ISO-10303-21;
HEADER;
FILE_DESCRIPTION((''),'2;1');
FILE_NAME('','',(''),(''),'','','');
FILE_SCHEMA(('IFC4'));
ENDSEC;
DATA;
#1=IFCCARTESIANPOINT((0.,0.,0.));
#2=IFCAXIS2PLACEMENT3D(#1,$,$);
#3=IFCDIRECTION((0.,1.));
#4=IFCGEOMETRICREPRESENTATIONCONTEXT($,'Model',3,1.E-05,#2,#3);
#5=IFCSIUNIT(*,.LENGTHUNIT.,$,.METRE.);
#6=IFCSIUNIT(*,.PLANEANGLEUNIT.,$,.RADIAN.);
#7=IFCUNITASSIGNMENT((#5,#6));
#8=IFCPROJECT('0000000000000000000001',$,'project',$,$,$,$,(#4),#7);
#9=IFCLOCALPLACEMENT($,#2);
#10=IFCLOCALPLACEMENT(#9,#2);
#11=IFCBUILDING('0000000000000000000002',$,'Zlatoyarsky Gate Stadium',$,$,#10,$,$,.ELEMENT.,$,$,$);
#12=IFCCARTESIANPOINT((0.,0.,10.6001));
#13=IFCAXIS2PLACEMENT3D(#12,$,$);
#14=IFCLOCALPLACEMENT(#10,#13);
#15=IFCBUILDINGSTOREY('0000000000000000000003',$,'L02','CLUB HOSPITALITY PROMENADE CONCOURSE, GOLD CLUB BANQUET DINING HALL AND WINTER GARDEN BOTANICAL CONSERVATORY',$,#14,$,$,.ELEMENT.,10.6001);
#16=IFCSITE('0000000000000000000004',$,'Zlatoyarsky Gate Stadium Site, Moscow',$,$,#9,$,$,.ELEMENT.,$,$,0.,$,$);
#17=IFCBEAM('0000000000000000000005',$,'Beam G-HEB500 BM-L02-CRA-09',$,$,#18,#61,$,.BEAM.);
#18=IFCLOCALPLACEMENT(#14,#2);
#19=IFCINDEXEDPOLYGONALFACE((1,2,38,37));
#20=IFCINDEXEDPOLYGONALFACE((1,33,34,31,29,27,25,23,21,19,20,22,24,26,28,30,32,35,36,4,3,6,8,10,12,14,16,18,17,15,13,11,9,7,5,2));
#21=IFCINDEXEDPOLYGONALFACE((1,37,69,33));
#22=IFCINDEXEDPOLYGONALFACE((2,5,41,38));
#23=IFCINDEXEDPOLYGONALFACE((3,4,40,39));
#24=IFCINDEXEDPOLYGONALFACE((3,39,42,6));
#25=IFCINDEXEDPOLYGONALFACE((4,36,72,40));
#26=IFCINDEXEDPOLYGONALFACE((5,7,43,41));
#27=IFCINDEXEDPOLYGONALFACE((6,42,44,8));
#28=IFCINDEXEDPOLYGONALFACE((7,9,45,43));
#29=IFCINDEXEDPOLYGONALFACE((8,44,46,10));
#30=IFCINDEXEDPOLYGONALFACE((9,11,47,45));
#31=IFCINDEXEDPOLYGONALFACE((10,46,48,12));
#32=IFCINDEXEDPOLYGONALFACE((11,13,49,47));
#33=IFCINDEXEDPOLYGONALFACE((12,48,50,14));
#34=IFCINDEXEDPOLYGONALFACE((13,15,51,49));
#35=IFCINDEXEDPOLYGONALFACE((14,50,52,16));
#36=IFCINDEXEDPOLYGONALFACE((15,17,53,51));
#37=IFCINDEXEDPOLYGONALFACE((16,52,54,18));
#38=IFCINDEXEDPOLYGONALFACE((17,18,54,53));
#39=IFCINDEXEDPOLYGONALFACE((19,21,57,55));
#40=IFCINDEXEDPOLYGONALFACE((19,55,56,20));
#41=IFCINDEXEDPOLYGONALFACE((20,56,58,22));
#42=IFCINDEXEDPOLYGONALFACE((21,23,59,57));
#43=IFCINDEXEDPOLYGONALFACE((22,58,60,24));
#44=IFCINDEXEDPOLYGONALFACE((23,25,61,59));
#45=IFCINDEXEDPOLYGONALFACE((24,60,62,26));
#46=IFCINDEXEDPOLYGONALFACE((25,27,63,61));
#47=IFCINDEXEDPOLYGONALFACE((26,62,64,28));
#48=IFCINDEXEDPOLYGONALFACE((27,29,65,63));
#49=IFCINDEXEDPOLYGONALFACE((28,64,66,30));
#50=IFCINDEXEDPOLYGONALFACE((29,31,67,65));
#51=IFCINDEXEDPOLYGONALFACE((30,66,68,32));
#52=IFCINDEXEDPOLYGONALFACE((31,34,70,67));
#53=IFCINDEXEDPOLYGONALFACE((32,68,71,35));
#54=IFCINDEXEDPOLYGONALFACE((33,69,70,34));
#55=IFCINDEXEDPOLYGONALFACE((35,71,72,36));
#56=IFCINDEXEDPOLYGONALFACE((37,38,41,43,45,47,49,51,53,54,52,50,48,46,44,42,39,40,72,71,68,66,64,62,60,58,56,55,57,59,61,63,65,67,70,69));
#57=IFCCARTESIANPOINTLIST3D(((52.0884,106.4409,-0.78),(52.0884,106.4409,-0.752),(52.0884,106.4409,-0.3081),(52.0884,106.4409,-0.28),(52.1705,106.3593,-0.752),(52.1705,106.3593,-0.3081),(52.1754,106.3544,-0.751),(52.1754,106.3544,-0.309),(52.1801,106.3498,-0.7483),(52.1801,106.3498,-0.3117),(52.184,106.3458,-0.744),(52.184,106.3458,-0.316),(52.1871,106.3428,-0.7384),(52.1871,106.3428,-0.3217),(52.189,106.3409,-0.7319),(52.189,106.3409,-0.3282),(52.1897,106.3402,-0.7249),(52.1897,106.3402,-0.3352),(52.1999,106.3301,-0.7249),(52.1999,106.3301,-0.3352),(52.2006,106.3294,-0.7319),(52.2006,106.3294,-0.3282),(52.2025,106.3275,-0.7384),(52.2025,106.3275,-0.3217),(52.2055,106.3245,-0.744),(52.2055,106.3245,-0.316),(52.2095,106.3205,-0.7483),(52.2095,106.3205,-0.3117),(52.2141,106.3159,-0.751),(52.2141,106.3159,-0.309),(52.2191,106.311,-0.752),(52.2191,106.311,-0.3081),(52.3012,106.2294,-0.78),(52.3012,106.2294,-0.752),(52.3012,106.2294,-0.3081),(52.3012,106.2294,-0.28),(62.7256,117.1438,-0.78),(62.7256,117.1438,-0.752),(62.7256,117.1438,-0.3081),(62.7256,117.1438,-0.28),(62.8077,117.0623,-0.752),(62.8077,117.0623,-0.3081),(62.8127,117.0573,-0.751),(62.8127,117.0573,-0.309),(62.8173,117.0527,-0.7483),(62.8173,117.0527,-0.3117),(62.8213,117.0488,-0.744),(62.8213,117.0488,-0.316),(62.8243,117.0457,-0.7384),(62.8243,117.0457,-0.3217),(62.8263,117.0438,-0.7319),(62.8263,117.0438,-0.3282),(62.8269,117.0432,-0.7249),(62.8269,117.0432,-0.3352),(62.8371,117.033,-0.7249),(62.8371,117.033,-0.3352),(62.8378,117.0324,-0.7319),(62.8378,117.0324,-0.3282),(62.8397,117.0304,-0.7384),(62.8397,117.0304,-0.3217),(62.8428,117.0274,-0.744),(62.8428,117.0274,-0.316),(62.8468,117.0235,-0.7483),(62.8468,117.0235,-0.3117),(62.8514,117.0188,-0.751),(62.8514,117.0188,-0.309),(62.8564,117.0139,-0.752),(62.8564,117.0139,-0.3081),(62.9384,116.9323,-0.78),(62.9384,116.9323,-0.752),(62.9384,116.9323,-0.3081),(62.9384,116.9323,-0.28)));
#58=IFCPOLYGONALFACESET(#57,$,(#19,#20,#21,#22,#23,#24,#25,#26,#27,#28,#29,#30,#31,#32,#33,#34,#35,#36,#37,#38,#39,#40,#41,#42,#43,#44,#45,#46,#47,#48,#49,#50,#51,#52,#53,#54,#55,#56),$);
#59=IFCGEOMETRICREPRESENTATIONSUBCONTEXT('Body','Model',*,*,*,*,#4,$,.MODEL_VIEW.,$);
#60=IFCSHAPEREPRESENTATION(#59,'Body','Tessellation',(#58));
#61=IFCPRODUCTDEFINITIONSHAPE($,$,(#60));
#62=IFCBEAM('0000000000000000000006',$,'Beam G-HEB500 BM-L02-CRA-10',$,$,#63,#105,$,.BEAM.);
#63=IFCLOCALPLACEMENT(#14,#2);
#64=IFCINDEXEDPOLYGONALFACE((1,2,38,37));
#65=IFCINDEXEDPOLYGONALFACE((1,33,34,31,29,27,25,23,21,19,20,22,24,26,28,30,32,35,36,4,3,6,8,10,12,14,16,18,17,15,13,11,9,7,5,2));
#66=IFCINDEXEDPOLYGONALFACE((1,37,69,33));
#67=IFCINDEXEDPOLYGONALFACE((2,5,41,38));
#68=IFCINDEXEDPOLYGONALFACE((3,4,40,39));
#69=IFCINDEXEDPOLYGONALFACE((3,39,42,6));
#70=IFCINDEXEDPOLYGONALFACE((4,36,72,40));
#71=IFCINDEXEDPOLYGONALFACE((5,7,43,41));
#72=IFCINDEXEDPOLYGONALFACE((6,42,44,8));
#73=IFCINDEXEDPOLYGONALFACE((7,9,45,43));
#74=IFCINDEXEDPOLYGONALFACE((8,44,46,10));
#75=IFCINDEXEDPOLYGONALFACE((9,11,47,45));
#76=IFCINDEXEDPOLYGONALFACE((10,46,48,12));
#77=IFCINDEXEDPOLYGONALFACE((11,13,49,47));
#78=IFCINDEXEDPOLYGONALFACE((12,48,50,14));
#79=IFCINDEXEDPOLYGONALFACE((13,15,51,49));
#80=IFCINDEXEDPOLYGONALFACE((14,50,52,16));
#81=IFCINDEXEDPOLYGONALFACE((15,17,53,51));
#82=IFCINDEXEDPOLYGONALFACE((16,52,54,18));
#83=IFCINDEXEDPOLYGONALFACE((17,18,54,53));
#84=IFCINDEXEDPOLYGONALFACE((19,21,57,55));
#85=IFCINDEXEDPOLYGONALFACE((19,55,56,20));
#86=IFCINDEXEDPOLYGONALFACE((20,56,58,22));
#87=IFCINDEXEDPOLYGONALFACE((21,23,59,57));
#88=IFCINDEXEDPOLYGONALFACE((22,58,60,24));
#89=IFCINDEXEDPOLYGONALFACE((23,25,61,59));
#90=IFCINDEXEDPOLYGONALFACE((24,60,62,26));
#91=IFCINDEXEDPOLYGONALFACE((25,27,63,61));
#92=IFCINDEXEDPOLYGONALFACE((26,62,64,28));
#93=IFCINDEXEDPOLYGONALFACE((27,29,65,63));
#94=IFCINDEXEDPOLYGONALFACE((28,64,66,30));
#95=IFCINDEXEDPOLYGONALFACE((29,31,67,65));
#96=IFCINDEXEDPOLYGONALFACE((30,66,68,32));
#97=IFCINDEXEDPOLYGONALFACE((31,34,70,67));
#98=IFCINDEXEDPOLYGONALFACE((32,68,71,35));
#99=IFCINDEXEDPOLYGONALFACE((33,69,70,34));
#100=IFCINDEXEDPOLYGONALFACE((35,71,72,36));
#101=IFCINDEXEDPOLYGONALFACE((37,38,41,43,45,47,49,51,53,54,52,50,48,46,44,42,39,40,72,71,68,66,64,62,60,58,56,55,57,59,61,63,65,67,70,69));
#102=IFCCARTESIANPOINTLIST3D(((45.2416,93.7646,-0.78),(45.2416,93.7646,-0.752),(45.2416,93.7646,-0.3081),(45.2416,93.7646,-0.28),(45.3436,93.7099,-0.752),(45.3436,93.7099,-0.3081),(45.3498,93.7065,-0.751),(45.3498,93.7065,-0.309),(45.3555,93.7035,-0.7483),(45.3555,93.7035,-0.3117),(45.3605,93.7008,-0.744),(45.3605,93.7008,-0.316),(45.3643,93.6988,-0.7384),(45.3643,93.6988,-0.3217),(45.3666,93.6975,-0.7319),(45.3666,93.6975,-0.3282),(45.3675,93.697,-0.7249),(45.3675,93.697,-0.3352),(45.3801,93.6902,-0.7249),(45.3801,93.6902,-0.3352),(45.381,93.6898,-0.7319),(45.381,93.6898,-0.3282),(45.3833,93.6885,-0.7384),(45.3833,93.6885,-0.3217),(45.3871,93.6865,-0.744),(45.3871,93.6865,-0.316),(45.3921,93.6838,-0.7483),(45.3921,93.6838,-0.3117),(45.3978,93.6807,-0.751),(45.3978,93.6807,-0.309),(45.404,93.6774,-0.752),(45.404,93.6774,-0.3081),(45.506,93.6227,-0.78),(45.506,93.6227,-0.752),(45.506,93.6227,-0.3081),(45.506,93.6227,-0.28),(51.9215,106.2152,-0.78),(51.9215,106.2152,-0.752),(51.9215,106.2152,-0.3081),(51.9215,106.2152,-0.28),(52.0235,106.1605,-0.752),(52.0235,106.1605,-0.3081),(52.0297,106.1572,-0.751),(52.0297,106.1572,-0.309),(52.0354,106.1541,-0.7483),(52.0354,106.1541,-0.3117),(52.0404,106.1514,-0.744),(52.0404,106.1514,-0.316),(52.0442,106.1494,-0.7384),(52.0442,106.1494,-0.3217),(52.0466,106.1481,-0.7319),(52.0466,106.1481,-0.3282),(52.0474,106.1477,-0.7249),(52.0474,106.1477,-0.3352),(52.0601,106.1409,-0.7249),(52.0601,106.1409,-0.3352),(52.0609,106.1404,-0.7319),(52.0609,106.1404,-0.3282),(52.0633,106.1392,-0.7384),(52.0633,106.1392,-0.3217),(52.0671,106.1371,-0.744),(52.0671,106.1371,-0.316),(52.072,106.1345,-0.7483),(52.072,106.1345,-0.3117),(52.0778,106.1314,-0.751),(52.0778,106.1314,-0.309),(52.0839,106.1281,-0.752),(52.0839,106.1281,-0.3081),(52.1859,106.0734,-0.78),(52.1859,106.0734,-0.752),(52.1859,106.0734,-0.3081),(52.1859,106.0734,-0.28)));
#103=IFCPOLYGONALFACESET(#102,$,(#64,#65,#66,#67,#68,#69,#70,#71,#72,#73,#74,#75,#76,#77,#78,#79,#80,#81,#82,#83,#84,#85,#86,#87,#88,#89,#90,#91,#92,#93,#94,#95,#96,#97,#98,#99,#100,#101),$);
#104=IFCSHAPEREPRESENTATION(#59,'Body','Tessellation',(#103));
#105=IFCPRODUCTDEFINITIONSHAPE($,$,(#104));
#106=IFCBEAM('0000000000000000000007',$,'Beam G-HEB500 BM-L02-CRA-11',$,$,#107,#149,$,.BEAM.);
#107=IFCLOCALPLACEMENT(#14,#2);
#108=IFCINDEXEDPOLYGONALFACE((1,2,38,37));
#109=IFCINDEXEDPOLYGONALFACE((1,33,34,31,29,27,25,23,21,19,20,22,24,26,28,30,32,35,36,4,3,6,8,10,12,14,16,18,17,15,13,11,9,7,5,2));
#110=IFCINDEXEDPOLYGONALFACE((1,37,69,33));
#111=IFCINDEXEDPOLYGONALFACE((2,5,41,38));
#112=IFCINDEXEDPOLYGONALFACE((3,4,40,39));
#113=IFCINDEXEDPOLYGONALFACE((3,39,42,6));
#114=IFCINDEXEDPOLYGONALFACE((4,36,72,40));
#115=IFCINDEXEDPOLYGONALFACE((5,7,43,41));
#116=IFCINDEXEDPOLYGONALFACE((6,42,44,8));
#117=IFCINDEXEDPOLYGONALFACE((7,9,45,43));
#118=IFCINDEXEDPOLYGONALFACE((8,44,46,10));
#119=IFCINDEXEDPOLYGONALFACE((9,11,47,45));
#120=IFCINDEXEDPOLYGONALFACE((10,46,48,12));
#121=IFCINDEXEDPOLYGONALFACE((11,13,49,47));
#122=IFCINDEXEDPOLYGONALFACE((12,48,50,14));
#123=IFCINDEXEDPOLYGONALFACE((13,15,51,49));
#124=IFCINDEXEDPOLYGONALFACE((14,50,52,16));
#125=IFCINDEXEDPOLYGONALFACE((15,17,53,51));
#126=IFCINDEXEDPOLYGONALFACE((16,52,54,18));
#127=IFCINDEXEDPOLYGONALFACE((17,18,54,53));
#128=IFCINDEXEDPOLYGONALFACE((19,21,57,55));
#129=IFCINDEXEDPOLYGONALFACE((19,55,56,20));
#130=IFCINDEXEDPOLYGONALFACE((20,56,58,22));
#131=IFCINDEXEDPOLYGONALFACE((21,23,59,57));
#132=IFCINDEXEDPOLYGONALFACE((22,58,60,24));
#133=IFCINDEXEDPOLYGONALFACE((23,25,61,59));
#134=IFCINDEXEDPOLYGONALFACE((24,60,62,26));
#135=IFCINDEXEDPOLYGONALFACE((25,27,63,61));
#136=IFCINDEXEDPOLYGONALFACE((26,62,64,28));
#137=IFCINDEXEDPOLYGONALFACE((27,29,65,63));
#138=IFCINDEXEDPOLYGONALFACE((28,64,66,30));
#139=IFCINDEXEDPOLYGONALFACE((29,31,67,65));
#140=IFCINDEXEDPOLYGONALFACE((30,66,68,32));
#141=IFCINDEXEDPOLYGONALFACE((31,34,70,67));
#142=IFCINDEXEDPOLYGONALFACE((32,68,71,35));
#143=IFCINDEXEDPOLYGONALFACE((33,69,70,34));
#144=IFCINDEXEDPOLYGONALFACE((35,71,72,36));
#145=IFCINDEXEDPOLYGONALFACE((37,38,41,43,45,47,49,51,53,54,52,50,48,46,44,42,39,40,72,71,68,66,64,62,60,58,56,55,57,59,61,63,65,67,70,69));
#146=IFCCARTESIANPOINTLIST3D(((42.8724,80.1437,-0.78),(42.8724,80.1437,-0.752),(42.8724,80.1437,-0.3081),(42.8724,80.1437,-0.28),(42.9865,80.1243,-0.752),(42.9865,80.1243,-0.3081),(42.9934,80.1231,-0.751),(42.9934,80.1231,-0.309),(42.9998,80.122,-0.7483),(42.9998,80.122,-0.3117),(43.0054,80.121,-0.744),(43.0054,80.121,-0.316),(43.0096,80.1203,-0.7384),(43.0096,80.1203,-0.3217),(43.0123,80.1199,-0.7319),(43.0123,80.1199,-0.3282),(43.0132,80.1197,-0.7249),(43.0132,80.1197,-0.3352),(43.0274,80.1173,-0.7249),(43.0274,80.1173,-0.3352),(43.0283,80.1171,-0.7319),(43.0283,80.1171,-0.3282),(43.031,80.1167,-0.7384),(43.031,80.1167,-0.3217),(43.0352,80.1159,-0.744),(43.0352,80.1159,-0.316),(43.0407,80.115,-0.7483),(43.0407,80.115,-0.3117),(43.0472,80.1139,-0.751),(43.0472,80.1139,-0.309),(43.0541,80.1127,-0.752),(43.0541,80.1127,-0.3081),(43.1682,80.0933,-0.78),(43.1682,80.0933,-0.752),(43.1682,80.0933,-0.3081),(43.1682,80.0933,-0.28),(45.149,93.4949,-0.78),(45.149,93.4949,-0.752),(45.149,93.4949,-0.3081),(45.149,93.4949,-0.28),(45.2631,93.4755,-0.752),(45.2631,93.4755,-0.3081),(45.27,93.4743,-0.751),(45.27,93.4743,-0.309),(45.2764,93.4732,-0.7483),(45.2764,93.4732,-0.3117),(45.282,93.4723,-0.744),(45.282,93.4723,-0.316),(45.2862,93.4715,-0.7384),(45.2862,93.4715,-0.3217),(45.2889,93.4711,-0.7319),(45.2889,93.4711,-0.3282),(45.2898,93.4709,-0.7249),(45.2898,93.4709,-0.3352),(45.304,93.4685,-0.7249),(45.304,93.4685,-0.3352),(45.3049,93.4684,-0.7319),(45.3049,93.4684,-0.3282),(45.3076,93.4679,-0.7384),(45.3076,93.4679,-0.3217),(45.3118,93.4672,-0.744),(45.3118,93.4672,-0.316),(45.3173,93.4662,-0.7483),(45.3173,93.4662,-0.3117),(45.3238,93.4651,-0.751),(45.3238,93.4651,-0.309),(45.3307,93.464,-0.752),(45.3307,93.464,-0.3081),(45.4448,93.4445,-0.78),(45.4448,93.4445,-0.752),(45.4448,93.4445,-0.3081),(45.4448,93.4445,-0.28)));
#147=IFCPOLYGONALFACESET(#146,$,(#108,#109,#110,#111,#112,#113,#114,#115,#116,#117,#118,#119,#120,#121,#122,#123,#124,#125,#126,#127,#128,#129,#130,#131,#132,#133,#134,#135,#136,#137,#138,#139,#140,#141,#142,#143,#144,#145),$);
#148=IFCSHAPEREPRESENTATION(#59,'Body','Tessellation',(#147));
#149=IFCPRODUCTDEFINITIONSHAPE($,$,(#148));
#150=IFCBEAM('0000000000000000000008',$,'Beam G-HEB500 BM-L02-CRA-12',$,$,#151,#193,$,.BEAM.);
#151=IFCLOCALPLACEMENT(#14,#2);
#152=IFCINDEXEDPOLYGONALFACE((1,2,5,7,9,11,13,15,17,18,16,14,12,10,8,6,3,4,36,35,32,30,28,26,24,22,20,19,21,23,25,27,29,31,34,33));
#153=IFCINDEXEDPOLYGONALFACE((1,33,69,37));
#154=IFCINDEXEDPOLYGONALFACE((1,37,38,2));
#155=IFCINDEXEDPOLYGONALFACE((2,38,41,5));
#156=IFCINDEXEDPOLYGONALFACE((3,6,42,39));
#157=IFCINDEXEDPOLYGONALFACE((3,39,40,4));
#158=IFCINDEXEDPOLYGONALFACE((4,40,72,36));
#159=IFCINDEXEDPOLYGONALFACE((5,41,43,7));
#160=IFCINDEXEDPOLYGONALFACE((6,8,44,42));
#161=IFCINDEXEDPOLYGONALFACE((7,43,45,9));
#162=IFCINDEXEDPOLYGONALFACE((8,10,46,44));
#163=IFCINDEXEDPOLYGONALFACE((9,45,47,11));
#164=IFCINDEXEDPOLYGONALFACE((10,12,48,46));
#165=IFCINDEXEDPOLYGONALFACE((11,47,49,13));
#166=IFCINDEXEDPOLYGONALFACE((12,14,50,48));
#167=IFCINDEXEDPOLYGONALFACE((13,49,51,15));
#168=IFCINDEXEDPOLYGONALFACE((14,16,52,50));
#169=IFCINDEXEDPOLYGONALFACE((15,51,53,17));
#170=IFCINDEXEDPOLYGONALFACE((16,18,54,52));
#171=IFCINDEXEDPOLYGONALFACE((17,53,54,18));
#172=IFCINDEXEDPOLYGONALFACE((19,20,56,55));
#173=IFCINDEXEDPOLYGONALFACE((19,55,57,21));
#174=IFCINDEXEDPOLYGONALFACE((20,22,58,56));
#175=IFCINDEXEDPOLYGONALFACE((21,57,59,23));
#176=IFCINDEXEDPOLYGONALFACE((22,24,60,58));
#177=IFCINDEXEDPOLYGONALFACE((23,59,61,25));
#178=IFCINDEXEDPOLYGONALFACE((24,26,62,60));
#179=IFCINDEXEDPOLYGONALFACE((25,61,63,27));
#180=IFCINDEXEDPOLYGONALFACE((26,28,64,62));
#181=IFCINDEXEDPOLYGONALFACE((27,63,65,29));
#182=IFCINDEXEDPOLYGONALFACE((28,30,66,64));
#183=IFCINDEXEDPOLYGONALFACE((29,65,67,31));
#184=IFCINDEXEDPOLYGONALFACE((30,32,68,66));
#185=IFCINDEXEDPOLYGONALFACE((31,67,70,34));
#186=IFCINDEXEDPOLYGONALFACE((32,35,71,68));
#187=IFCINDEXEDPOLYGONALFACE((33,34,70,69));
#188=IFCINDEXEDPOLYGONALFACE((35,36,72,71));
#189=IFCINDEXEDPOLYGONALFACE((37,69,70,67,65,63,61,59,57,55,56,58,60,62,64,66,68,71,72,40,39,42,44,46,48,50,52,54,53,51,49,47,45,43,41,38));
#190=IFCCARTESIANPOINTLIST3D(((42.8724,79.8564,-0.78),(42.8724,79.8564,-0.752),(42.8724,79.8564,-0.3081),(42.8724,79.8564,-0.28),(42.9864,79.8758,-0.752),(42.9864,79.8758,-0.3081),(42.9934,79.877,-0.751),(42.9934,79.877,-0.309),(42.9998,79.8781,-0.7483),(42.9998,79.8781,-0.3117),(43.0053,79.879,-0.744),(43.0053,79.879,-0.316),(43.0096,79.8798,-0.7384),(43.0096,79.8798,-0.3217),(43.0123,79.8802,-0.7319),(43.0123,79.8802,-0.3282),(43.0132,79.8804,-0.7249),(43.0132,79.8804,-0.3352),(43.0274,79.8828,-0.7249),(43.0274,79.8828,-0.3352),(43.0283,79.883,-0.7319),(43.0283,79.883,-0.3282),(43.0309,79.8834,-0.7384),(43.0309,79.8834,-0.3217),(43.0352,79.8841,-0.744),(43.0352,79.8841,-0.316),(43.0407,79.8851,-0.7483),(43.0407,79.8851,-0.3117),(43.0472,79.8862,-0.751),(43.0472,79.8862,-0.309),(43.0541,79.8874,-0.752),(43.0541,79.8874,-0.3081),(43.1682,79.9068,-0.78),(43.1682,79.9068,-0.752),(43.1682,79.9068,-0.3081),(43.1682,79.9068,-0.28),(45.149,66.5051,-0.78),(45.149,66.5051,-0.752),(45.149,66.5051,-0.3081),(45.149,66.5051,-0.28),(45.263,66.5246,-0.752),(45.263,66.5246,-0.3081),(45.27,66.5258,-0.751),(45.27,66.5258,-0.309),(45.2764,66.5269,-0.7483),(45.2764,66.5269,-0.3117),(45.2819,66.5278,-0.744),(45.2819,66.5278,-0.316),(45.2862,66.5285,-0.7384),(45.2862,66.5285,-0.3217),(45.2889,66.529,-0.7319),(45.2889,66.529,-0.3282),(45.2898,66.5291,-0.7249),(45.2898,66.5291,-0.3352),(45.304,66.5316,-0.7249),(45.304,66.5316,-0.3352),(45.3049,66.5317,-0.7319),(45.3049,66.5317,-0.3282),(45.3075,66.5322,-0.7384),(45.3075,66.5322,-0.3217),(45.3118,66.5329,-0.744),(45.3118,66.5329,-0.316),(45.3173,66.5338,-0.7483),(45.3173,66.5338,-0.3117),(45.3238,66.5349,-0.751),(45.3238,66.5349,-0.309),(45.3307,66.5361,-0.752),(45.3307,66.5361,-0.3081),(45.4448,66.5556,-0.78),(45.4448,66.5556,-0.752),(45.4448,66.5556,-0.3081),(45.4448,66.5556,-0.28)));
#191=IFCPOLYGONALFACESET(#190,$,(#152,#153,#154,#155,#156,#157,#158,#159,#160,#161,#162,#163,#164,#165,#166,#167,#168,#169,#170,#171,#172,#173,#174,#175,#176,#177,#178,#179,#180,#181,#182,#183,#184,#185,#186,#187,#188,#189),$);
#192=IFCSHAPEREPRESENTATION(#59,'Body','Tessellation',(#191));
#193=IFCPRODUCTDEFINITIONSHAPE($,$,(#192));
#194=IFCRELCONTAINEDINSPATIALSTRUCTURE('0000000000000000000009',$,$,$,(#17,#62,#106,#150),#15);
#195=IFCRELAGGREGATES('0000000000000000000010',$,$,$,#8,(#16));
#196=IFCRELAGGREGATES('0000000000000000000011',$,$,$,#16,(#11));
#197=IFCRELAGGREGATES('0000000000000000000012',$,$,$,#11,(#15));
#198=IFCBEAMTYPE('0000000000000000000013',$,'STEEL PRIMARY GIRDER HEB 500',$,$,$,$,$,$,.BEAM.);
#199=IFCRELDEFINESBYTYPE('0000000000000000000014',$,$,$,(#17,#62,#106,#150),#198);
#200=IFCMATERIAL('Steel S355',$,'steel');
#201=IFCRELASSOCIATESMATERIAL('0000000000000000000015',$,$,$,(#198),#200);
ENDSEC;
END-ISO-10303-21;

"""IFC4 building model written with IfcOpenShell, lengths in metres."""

from ifc_helpers import new_model, si_unit, direction, frame, origin, origin_2d, place, context, subcontext, project, spatial, i_section, extrude, material, material_profile, profile_set, type_object, element, save


model = new_model("IFC4")

# Units and contexts
model_context = context("Model", 3, precision=1e-05, world=origin(), true_north=direction((0.0, 1.0)))
body_context = subcontext(model_context, "Body", "Model", "MODEL_VIEW")
ifc_project = project(units=[si_unit("LENGTHUNIT", "METRE"), si_unit("PLANEANGLEUNIT", "RADIAN")], contexts=[model_context])

# Site, building, storey
site_placement = place(None, origin())
site = spatial("IfcSite", under=ifc_project, at=site_placement, Name="Zlatoyarsky Gate Stadium Site, Moscow", CompositionType="ELEMENT", RefElevation=0.0)
building_placement = place(site_placement, origin())
building = spatial("IfcBuilding", under=site, at=building_placement, Name="Zlatoyarsky Gate Stadium", CompositionType="ELEMENT")
storey_placement = place(building_placement, frame((0.0, 0.0, 10.6001)))
storey = spatial("IfcBuildingStorey", under=building, at=storey_placement, Name="L02", Description="CLUB HOSPITALITY PROMENADE CONCOURSE, GOLD CLUB BANQUET DINING HALL AND WINTER GARDEN BOTANICAL CONSERVATORY", CompositionType="ELEMENT", Elevation=10.6001)

# Shared definitions
ifc_material_1 = material(Name="Steel S355", Category="steel")

# Beams
ifc_material_profile_1 = material_profile(ifc_material_1, i_section(OverallWidth=0.3, OverallDepth=0.5, WebThickness=0.0144, FlangeThickness=0.0281, FilletRadius=0.0271, at=origin_2d()), Name="HEB 500")
ifc_profile_set_1 = profile_set([ifc_material_profile_1], Name="Steel S355")
beam_type_1 = type_object("IfcBeamType", Name="STEEL PRIMARY GIRDER HEB 500", PredefinedType="BEAM", material=ifc_profile_set_1)
beam_1_placement = place(storey_placement, frame((62.832, 117.0381, -0.53), z_axis=(-0.704927, -0.70928, 0.0), x_axis=(0.70928, -0.704927, 0.0)))
element("IfcBeam", 1, at=beam_1_placement, inside=storey, type_object=beam_type_1, Name="Beam G-HEB500 BM-L02-CRA-09", PredefinedType="BEAM", context=body_context, shape_type="SweptSolid", body=[
    extrude(i_section(OverallWidth=0.3, OverallDepth=0.5, WebThickness=0.0144, FlangeThickness=0.0281, FilletRadius=0.0271, at=origin_2d()), origin(), (0.0, 0.0, 1.0), 15.0898),
])
beam_2_placement = place(storey_placement, frame((52.0537, 106.1443, -0.53), z_axis=(-0.472767, -0.881187, 0.0), x_axis=(0.881187, -0.472767, 0.0)))
element("IfcBeam", 2, at=beam_2_placement, inside=storey, type_object=beam_type_1, Name="Beam G-HEB500 BM-L02-CRA-10", PredefinedType="BEAM", context=body_context, shape_type="SweptSolid", body=[
    extrude(i_section(OverallWidth=0.3, OverallDepth=0.5, WebThickness=0.0144, FlangeThickness=0.0281, FilletRadius=0.0271, at=origin_2d()), origin(), (0.0, 0.0, 1.0), 14.1294),
])
for number, where, z_axis, x_axis, name in (
    (3, (45.2969, 93.4697, -0.53), (-0.16809, -0.985772, 0.0), (0.985772, -0.16809, 0.0), "Beam G-HEB500 BM-L02-CRA-11"),
    (4, (43.0203, 79.8816, -0.53), (0.16809, -0.985772, 0.0), (0.985772, 0.16809, 0.0), "Beam G-HEB500 BM-L02-CRA-12"),
):
    element("IfcBeam", number, at=place(storey_placement, frame(where, z_axis=z_axis, x_axis=x_axis)), inside=storey, type_object=beam_type_1, Name=name, PredefinedType="BEAM", context=body_context, shape_type="SweptSolid", body=[
        extrude(i_section(OverallWidth=0.3, OverallDepth=0.5, WebThickness=0.0144, FlangeThickness=0.0281, FilletRadius=0.0271, at=origin_2d()), origin(), (0.0, 0.0, 1.0), 13.5439),
    ])

save(model, "model.ifc")
